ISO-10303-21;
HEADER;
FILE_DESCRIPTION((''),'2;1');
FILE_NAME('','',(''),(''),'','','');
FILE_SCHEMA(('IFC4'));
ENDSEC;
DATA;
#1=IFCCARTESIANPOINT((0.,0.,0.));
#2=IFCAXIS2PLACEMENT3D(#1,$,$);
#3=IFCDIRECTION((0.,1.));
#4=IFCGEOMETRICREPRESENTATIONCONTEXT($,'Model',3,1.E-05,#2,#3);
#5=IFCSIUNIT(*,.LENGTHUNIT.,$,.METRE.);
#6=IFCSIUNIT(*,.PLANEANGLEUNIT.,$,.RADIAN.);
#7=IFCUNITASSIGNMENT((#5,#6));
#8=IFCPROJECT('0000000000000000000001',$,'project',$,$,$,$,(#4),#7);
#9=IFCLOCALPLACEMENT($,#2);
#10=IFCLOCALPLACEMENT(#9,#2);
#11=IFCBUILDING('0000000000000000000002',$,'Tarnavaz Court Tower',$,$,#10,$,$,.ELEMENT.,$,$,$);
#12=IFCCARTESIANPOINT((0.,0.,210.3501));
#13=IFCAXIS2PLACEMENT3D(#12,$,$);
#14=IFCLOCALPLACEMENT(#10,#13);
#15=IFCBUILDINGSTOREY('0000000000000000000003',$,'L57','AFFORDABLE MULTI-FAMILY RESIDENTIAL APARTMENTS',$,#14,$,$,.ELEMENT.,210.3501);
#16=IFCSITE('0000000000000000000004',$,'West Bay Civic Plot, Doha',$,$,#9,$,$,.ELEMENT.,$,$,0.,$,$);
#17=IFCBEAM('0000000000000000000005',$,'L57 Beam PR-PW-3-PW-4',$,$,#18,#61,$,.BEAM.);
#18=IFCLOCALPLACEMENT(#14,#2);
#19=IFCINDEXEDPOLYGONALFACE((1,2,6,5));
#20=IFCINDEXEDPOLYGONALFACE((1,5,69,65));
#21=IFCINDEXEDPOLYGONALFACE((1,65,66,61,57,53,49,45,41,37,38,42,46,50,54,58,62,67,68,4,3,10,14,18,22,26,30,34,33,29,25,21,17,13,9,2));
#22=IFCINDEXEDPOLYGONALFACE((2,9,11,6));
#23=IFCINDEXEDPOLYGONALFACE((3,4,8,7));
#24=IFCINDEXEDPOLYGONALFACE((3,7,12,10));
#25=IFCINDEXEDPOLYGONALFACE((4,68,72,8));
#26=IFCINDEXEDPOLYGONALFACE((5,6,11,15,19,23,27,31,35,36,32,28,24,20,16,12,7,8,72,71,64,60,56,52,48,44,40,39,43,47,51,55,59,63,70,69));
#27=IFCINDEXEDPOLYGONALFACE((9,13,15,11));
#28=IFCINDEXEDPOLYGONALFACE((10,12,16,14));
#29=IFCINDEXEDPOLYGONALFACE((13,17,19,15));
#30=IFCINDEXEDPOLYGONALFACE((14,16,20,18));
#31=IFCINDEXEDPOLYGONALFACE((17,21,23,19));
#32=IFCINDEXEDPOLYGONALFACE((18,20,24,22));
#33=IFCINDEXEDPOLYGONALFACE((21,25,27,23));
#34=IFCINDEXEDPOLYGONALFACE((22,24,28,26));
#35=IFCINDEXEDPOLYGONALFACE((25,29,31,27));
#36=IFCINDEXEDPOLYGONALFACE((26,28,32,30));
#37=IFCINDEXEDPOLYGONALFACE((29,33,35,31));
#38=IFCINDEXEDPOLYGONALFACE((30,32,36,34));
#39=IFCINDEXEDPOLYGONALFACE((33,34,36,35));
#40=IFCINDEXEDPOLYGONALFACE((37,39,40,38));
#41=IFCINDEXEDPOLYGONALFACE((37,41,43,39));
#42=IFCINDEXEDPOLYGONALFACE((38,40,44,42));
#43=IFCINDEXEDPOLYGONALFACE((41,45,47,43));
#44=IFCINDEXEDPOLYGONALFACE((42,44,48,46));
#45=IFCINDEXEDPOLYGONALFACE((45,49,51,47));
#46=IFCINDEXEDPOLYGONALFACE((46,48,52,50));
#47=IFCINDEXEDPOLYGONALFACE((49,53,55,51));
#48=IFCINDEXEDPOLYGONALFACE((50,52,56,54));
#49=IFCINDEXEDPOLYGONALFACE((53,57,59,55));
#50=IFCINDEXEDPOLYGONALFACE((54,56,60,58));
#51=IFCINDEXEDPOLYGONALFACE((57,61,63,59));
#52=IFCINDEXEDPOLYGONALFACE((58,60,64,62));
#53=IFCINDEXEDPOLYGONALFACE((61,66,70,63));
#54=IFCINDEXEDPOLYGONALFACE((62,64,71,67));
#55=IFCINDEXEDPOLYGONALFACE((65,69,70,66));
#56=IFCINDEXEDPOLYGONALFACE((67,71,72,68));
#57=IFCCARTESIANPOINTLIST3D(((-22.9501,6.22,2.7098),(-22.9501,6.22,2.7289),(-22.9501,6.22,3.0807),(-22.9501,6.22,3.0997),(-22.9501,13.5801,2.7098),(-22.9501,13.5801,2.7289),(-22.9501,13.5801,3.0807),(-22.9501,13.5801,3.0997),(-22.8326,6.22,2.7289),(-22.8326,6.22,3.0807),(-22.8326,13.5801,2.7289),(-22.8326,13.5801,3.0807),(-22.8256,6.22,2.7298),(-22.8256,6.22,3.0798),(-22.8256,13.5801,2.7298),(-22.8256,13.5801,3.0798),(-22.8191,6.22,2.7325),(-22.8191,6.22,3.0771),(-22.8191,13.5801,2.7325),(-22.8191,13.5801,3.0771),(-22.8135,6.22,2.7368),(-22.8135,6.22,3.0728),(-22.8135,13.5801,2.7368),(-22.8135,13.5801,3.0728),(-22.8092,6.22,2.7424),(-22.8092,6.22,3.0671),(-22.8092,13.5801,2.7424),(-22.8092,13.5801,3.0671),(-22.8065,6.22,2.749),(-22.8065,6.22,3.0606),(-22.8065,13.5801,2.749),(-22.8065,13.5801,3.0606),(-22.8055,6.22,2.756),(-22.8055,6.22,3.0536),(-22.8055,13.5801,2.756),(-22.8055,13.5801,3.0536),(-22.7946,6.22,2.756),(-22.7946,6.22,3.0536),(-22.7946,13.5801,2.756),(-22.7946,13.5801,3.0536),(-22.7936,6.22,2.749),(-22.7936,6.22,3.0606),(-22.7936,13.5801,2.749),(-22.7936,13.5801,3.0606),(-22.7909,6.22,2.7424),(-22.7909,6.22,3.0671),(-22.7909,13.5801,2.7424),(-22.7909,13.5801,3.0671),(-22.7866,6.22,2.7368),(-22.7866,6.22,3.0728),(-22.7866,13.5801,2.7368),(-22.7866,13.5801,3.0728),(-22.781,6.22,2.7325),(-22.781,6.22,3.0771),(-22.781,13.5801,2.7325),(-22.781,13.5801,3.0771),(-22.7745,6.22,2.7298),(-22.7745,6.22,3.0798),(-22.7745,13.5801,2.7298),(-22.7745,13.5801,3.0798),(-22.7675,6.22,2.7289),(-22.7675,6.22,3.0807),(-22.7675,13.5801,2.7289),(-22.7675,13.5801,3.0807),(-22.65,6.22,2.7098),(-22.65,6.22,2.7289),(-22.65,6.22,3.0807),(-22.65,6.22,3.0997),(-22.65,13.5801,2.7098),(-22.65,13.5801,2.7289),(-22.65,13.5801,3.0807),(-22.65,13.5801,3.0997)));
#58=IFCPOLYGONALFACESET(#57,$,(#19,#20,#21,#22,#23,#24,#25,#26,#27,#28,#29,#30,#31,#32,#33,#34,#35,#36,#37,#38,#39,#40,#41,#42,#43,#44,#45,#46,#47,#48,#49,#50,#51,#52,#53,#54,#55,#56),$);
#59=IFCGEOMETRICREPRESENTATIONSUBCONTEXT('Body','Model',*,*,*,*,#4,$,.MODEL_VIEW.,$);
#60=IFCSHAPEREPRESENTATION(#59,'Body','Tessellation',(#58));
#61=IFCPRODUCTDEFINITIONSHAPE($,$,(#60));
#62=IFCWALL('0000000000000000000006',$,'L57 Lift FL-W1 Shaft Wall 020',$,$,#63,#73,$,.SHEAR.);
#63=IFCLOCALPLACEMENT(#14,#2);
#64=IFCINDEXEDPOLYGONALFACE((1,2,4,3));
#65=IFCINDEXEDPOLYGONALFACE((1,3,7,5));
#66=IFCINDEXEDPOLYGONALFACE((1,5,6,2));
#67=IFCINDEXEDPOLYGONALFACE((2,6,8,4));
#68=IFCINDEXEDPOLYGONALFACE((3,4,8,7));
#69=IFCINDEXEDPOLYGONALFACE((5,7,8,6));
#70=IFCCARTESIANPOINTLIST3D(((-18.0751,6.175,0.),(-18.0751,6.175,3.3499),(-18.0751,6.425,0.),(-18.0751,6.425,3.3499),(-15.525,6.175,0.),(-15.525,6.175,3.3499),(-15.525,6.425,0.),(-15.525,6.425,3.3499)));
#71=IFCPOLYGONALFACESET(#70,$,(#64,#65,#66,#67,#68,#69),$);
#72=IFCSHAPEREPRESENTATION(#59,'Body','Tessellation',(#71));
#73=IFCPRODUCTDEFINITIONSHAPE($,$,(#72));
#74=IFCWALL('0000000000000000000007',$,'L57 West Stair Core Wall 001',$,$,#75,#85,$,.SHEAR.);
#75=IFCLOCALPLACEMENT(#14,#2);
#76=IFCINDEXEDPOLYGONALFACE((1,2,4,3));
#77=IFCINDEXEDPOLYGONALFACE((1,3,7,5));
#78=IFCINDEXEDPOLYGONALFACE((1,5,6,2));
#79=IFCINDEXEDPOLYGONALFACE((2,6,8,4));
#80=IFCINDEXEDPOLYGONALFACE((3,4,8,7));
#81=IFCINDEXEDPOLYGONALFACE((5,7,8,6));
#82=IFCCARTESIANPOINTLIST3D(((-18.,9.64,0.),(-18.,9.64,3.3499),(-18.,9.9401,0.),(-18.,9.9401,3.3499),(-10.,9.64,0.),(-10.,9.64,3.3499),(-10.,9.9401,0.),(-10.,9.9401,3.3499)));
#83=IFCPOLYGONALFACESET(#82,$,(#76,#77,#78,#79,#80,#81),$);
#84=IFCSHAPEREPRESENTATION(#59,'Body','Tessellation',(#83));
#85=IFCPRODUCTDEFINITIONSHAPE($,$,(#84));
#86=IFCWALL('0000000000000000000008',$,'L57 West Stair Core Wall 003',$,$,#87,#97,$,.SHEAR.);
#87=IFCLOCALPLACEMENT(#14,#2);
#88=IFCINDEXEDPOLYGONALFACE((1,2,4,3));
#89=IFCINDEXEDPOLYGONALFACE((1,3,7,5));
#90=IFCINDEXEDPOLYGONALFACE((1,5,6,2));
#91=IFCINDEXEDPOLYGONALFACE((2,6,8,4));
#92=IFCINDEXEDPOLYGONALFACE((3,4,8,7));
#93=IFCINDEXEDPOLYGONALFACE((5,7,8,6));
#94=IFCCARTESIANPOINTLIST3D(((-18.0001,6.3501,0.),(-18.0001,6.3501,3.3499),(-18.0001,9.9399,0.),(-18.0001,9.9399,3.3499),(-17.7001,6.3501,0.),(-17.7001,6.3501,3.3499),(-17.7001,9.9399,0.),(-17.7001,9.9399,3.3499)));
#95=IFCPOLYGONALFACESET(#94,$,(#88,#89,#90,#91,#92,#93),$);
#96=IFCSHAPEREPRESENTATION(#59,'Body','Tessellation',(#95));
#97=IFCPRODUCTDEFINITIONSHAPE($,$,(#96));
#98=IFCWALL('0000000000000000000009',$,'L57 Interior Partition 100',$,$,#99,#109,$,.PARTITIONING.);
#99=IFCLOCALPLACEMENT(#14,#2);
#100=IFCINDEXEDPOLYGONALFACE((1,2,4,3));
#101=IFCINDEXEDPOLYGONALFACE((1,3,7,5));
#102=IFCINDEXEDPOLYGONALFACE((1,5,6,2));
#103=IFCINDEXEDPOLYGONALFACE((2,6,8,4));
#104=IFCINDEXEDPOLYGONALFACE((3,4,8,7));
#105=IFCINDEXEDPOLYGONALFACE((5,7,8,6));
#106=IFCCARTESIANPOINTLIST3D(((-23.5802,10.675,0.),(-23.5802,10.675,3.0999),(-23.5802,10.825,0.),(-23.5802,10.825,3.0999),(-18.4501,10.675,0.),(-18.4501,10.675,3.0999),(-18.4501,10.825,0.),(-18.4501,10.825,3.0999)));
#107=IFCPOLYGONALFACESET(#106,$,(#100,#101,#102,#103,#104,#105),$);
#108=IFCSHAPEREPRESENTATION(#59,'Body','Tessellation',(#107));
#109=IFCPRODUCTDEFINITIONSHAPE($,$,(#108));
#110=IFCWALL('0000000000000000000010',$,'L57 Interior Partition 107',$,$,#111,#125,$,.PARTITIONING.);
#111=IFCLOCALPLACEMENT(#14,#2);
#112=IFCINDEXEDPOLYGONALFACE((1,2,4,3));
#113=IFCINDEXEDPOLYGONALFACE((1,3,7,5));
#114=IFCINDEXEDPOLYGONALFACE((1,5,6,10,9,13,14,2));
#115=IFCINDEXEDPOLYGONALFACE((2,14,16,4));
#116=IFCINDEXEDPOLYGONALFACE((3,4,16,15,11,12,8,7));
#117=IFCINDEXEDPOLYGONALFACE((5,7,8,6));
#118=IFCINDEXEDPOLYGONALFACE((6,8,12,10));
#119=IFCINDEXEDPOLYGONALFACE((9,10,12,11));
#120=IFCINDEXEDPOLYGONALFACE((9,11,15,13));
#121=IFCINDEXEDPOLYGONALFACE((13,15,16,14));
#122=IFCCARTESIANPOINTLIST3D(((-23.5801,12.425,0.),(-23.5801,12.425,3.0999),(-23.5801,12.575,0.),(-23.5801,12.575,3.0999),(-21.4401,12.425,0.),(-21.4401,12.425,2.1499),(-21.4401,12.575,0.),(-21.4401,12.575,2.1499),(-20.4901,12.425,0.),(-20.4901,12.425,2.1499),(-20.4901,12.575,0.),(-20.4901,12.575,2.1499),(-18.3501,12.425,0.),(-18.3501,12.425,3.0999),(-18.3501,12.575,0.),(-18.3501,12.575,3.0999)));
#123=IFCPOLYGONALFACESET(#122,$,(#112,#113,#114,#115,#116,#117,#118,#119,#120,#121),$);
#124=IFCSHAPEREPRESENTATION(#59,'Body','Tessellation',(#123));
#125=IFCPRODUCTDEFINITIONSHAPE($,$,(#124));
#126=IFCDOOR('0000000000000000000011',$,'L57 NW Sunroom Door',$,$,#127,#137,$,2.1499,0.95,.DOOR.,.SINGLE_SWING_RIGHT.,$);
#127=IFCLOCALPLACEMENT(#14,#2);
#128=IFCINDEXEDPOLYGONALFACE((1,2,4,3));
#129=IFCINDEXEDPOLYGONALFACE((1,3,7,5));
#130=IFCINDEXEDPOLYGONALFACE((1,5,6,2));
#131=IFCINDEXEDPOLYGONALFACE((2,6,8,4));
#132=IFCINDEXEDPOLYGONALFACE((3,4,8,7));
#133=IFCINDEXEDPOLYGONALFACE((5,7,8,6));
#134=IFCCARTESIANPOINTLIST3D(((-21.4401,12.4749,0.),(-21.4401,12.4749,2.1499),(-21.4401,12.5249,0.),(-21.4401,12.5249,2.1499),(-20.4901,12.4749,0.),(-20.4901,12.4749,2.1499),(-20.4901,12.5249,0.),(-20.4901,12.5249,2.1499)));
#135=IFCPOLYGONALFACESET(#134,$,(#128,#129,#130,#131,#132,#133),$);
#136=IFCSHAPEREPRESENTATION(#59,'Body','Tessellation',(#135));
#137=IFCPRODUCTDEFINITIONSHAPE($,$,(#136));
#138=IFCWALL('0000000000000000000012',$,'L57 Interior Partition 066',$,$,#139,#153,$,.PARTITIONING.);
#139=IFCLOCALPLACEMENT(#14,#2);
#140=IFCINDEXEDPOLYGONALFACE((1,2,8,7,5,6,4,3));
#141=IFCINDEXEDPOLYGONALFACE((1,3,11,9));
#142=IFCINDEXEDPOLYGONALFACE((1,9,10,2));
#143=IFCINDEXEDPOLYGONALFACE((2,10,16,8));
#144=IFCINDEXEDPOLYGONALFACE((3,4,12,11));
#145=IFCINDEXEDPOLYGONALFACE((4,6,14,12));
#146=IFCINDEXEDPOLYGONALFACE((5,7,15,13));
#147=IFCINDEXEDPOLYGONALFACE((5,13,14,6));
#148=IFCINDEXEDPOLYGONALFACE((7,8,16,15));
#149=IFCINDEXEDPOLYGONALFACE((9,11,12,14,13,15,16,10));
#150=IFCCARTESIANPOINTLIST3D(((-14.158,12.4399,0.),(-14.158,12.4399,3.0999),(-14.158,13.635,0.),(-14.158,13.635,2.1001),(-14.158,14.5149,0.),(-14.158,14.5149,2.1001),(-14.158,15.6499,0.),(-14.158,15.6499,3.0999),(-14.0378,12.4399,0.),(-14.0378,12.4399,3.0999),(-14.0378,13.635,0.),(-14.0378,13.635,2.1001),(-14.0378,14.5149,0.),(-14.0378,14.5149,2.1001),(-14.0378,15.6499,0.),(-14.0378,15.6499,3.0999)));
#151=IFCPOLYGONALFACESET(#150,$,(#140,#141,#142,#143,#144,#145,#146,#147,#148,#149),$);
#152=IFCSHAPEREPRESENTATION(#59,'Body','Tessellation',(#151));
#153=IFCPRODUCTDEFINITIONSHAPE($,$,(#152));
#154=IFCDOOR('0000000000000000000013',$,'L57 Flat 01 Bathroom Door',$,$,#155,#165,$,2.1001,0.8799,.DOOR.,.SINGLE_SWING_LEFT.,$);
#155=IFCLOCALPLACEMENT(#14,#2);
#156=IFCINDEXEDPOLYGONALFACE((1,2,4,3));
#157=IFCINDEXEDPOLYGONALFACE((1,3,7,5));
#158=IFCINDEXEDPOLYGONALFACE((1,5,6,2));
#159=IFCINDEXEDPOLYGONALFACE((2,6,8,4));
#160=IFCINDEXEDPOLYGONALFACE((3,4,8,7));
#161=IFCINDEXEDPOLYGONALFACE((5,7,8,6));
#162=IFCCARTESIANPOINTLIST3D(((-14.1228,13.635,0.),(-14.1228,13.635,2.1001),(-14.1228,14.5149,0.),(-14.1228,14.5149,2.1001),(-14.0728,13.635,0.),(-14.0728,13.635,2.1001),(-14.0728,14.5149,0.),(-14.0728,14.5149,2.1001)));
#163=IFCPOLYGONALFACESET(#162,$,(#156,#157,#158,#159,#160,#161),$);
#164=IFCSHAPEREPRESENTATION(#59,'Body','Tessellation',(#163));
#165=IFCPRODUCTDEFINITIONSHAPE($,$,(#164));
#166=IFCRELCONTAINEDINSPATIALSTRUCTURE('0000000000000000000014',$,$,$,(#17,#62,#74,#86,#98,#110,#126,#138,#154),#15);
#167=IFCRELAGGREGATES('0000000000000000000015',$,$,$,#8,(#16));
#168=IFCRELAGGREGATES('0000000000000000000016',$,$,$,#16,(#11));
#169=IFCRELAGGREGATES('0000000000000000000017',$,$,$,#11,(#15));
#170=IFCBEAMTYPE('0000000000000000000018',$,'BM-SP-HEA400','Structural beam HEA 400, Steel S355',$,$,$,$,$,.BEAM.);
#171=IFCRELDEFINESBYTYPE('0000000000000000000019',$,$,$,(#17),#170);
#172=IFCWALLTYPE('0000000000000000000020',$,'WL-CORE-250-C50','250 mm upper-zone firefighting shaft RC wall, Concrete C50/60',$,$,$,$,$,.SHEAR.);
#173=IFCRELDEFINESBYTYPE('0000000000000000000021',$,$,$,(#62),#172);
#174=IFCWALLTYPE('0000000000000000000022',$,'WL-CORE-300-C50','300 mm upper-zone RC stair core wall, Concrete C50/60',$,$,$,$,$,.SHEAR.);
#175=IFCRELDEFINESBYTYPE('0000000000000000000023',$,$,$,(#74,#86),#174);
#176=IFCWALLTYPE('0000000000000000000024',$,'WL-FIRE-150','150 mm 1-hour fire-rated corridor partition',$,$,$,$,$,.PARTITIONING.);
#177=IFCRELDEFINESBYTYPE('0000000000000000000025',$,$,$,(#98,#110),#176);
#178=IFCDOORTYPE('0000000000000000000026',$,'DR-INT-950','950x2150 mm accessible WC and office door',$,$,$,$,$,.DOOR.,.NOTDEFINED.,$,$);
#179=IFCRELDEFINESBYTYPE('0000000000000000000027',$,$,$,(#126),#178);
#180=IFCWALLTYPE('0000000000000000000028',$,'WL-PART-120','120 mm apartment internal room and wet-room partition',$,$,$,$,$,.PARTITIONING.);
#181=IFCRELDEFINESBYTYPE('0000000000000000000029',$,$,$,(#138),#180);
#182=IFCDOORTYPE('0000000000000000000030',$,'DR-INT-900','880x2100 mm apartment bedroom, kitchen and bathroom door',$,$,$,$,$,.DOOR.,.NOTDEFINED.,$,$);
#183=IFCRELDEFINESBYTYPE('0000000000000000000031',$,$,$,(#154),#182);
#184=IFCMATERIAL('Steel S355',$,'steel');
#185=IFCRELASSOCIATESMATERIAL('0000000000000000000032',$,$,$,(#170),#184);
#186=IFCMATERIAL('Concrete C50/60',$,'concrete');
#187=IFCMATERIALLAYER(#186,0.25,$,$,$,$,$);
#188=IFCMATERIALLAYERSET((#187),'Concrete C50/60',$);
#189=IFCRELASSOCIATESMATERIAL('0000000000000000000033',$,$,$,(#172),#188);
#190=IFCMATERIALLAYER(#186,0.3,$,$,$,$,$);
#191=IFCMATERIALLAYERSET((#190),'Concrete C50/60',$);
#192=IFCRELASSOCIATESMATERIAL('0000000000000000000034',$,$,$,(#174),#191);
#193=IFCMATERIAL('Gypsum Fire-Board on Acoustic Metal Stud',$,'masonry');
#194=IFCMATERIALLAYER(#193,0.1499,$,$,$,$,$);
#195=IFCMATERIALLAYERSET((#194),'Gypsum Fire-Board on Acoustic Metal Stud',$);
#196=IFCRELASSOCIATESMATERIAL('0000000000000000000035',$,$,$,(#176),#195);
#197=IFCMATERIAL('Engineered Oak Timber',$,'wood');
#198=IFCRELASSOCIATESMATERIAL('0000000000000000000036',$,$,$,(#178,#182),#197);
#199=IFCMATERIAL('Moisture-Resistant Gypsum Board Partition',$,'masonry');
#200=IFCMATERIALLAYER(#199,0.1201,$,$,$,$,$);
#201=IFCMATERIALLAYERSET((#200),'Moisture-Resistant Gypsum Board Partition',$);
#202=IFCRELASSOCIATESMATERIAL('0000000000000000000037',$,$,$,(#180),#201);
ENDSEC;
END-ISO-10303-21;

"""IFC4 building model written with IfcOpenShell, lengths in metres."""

from ifc_helpers import new_model, si_unit, direction, frame, frame_2d, origin, origin_2d, place, context, subcontext, project, spatial, rectangle, i_section, extrude, material, layer, layer_set, material_profile, profile_set, type_object, element, fill, save


model = new_model("IFC4")

# Units and contexts
model_context = context("Model", 3, precision=1e-05, world=origin(), true_north=direction((0.0, 1.0)))
body_context = subcontext(model_context, "Body", "Model", "MODEL_VIEW")
ifc_project = project(units=[si_unit("LENGTHUNIT", "METRE"), si_unit("PLANEANGLEUNIT", "RADIAN")], contexts=[model_context])

# Site, building, storey
site_placement = place(None, origin())
site = spatial("IfcSite", under=ifc_project, at=site_placement, Name="West Bay Civic Plot, Doha", CompositionType="ELEMENT", RefElevation=0.0)
building_placement = place(site_placement, origin())
building = spatial("IfcBuilding", under=site, at=building_placement, Name="Tarnavaz Court Tower", CompositionType="ELEMENT")
storey_placement = place(building_placement, frame((0.0, 0.0, 210.3501)))
storey = spatial("IfcBuildingStorey", under=building, at=storey_placement, Name="L57", Description="AFFORDABLE MULTI-FAMILY RESIDENTIAL APARTMENTS", CompositionType="ELEMENT", Elevation=210.3501)

# Shared definitions
ifc_material_1 = material(Name="Concrete C50/60", Category="concrete")

# Beam
ifc_material_2 = material(Name="Steel S355", Category="steel")
ifc_material_profile_1 = material_profile(ifc_material_2, i_section(OverallWidth=0.3, OverallDepth=0.3899, WebThickness=0.011, FlangeThickness=0.019, FilletRadius=0.0271, at=origin_2d()), Name="HEA 400")
ifc_profile_set_1 = profile_set([ifc_material_profile_1], Name="Steel S355")
beam_type_1 = type_object("IfcBeamType", Name="BM-SP-HEA400", Description="Structural beam HEA 400, Steel S355", PredefinedType="BEAM", material=ifc_profile_set_1)
beam_1_placement = place(storey_placement, frame((-22.8, 6.22, 2.9048), z_axis=(0.0, 1.0, 0.0), x_axis=(-1.0, 0.0, 0.0)))
element("IfcBeam", 1, at=beam_1_placement, inside=storey, type_object=beam_type_1, Name="L57 Beam PR-PW-3-PW-4", PredefinedType="BEAM", context=body_context, shape_type="SweptSolid", body=[
    extrude(i_section(OverallWidth=0.3, OverallDepth=0.3899, WebThickness=0.011, FlangeThickness=0.019, FilletRadius=0.0271, at=origin_2d()), origin(), (0.0, 0.0, 1.0), 7.3601),
])

# Walls
ifc_layer_1 = layer(ifc_material_1, 0.25)
ifc_layer_set_1 = layer_set([ifc_layer_1], Name="Concrete C50/60")
wall_type_1 = type_object("IfcWallType", Name="WL-CORE-250-C50", Description="250 mm upper-zone firefighting shaft RC wall, Concrete C50/60", PredefinedType="SHEAR", material=ifc_layer_set_1)
wall_1_placement = place(storey_placement, frame((-18.075, 6.3, 0.0), z_axis=(0.0, 0.0, 1.0), x_axis=(1.0, 0.0, 0.0)))
element("IfcWall", 2, at=wall_1_placement, inside=storey, type_object=wall_type_1, Name="L57 Lift FL-W1 Shaft Wall 020", PredefinedType="SHEAR", context=body_context, shape_type="SweptSolid", body=[
    extrude(rectangle(XDim=2.55, YDim=0.25, at=frame_2d((1.2749, 0.0))), origin(), (0.0, 0.0, 1.0), 3.3499),
])
ifc_layer_2 = layer(ifc_material_1, 0.3)
ifc_layer_set_2 = layer_set([ifc_layer_2], Name="Concrete C50/60")
wall_type_2 = type_object("IfcWallType", Name="WL-CORE-300-C50", Description="300 mm upper-zone RC stair core wall, Concrete C50/60", PredefinedType="SHEAR", material=ifc_layer_set_2)
wall_2_placement = place(storey_placement, frame((-18.0, 9.79, 0.0), z_axis=(0.0, 0.0, 1.0), x_axis=(1.0, 0.0, 0.0)))
element("IfcWall", 3, at=wall_2_placement, inside=storey, type_object=wall_type_2, Name="L57 West Stair Core Wall 001", PredefinedType="SHEAR", context=body_context, shape_type="SweptSolid", body=[
    extrude(rectangle(XDim=8.0, YDim=0.3, at=frame_2d((4.0, 0.0))), origin(), (0.0, 0.0, 1.0), 3.3499),
])

# Walls
wall_3_placement = place(storey_placement, frame((-17.8501, 6.3501, 0.0), z_axis=(0.0, 0.0, 1.0), x_axis=(0.0, 1.0, 0.0)))
element("IfcWall", 4, at=wall_3_placement, inside=storey, type_object=wall_type_2, Name="L57 West Stair Core Wall 003", PredefinedType="SHEAR", context=body_context, shape_type="SweptSolid", body=[
    extrude(rectangle(XDim=3.5898, YDim=0.3, at=frame_2d((1.7949, 0.0))), origin(), (0.0, 0.0, 1.0), 3.3499),
])
ifc_material_3 = material(Name="Gypsum Fire-Board on Acoustic Metal Stud", Category="masonry")
ifc_layer_3 = layer(ifc_material_3, 0.1499)
ifc_layer_set_3 = layer_set([ifc_layer_3], Name="Gypsum Fire-Board on Acoustic Metal Stud")
wall_type_3 = type_object("IfcWallType", Name="WL-FIRE-150", Description="150 mm 1-hour fire-rated corridor partition", PredefinedType="PARTITIONING", material=ifc_layer_set_3)
wall_4_placement = place(storey_placement, frame((-23.5801, 10.75, 0.0), z_axis=(0.0, 0.0, 1.0), x_axis=(1.0, 0.0, 0.0)))
element("IfcWall", 5, at=wall_4_placement, inside=storey, type_object=wall_type_3, Name="L57 Interior Partition 100", PredefinedType="PARTITIONING", context=body_context, shape_type="SweptSolid", body=[
    extrude(rectangle(XDim=5.1301, YDim=0.1499, at=frame_2d((2.5649, 0.0))), origin(), (0.0, 0.0, 1.0), 3.0999),
])

# Walls, openings, doors
wall_5_placement = place(storey_placement, frame((-23.5801, 12.5, 0.0), z_axis=(0.0, 0.0, 1.0), x_axis=(1.0, 0.0, 0.0)))
wall_5 = element("IfcWall", 6, at=wall_5_placement, inside=storey, type_object=wall_type_3, Name="L57 Interior Partition 107", PredefinedType="PARTITIONING", context=body_context, shape_type="SweptSolid", body=[
    extrude(rectangle(XDim=5.23, YDim=0.1499, at=frame_2d((2.615, 0.0))), origin(), (0.0, 0.0, 1.0), 3.0999),
])
opening_1_placement = place(wall_5_placement, frame((2.1399, 0.0, 0.0)))
opening_1 = element("IfcOpeningElement", 7, at=opening_1_placement, cuts=wall_5, PredefinedType="OPENING", context=body_context, shape_type="SweptSolid", body=[
    extrude(rectangle(XDim=0.95, YDim=2.1499, at=frame_2d((0.4751, 1.075))), frame((0.0, 0.085, 0.0), z_axis=(0.0, -1.0, 0.0), x_axis=(1.0, 0.0, 0.0)), (0.0, 0.0, 1.0), 0.1699),
])
ifc_material_4 = material(Name="Engineered Oak Timber", Category="wood")
door_type_1 = type_object("IfcDoorType", Name="DR-INT-950", Description="950x2150 mm accessible WC and office door", OperationType="NOTDEFINED", PredefinedType="DOOR", material=ifc_material_4)
door_1_placement = place(opening_1_placement, origin())
door_1 = element("IfcDoor", 8, at=door_1_placement, inside=storey, type_object=door_type_1, Name="L57 NW Sunroom Door", OperationType="SINGLE_SWING_RIGHT", OverallHeight=2.1499, OverallWidth=0.95, PredefinedType="DOOR", context=body_context, shape_type="SweptSolid", body=[
    extrude(rectangle(XDim=0.95, YDim=2.1499, at=frame_2d((0.4751, 1.075))), frame((0.0, 0.0249, 0.0), z_axis=(0.0, -1.0, 0.0), x_axis=(1.0, 0.0, 0.0)), (0.0, 0.0, 1.0), 0.05),
])
fill(opening_1, door_1)
ifc_material_5 = material(Name="Moisture-Resistant Gypsum Board Partition", Category="masonry")
ifc_layer_4 = layer(ifc_material_5, 0.1201)
ifc_layer_set_4 = layer_set([ifc_layer_4], Name="Moisture-Resistant Gypsum Board Partition")
wall_type_4 = type_object("IfcWallType", Name="WL-PART-120", Description="120 mm apartment internal room and wet-room partition", PredefinedType="PARTITIONING", material=ifc_layer_set_4)
wall_6_placement = place(storey_placement, frame((-14.0979, 12.4399, 0.0), z_axis=(0.0, 0.0, 1.0), x_axis=(0.0, 1.0, 0.0)))
wall_6 = element("IfcWall", 9, at=wall_6_placement, inside=storey, type_object=wall_type_4, Name="L57 Interior Partition 066", PredefinedType="PARTITIONING", context=body_context, shape_type="SweptSolid", body=[
    extrude(rectangle(XDim=3.21, YDim=0.1201, at=frame_2d((1.605, 0.0))), origin(), (0.0, 0.0, 1.0), 3.0999),
])
opening_2_placement = place(wall_6_placement, frame((1.1951, 0.0, 0.0)))
opening_2 = element("IfcOpeningElement", 10, at=opening_2_placement, cuts=wall_6, PredefinedType="OPENING", context=body_context, shape_type="SweptSolid", body=[
    extrude(rectangle(XDim=0.8799, YDim=2.1001, at=frame_2d((0.4399, 1.05))), frame((0.0, 0.0701, 0.0), z_axis=(0.0, -1.0, 0.0), x_axis=(1.0, 0.0, 0.0)), (0.0, 0.0, 1.0), 0.1401),
])
door_type_2 = type_object("IfcDoorType", Name="DR-INT-900", Description="880x2100 mm apartment bedroom, kitchen and bathroom door", OperationType="NOTDEFINED", PredefinedType="DOOR", material=ifc_material_4)
door_2_placement = place(opening_2_placement, origin())
door_2 = element("IfcDoor", 11, at=door_2_placement, inside=storey, type_object=door_type_2, Name="L57 Flat 01 Bathroom Door", OperationType="SINGLE_SWING_LEFT", OverallHeight=2.1001, OverallWidth=0.8799, PredefinedType="DOOR", context=body_context, shape_type="SweptSolid", body=[
    extrude(rectangle(XDim=0.8799, YDim=2.1001, at=frame_2d((0.4399, 1.05))), frame((0.0, 0.0249, 0.0), z_axis=(0.0, -1.0, 0.0), x_axis=(1.0, 0.0, 0.0)), (0.0, 0.0, 1.0), 0.05),
])
fill(opening_2, door_2)

save(model, "model.ifc")
